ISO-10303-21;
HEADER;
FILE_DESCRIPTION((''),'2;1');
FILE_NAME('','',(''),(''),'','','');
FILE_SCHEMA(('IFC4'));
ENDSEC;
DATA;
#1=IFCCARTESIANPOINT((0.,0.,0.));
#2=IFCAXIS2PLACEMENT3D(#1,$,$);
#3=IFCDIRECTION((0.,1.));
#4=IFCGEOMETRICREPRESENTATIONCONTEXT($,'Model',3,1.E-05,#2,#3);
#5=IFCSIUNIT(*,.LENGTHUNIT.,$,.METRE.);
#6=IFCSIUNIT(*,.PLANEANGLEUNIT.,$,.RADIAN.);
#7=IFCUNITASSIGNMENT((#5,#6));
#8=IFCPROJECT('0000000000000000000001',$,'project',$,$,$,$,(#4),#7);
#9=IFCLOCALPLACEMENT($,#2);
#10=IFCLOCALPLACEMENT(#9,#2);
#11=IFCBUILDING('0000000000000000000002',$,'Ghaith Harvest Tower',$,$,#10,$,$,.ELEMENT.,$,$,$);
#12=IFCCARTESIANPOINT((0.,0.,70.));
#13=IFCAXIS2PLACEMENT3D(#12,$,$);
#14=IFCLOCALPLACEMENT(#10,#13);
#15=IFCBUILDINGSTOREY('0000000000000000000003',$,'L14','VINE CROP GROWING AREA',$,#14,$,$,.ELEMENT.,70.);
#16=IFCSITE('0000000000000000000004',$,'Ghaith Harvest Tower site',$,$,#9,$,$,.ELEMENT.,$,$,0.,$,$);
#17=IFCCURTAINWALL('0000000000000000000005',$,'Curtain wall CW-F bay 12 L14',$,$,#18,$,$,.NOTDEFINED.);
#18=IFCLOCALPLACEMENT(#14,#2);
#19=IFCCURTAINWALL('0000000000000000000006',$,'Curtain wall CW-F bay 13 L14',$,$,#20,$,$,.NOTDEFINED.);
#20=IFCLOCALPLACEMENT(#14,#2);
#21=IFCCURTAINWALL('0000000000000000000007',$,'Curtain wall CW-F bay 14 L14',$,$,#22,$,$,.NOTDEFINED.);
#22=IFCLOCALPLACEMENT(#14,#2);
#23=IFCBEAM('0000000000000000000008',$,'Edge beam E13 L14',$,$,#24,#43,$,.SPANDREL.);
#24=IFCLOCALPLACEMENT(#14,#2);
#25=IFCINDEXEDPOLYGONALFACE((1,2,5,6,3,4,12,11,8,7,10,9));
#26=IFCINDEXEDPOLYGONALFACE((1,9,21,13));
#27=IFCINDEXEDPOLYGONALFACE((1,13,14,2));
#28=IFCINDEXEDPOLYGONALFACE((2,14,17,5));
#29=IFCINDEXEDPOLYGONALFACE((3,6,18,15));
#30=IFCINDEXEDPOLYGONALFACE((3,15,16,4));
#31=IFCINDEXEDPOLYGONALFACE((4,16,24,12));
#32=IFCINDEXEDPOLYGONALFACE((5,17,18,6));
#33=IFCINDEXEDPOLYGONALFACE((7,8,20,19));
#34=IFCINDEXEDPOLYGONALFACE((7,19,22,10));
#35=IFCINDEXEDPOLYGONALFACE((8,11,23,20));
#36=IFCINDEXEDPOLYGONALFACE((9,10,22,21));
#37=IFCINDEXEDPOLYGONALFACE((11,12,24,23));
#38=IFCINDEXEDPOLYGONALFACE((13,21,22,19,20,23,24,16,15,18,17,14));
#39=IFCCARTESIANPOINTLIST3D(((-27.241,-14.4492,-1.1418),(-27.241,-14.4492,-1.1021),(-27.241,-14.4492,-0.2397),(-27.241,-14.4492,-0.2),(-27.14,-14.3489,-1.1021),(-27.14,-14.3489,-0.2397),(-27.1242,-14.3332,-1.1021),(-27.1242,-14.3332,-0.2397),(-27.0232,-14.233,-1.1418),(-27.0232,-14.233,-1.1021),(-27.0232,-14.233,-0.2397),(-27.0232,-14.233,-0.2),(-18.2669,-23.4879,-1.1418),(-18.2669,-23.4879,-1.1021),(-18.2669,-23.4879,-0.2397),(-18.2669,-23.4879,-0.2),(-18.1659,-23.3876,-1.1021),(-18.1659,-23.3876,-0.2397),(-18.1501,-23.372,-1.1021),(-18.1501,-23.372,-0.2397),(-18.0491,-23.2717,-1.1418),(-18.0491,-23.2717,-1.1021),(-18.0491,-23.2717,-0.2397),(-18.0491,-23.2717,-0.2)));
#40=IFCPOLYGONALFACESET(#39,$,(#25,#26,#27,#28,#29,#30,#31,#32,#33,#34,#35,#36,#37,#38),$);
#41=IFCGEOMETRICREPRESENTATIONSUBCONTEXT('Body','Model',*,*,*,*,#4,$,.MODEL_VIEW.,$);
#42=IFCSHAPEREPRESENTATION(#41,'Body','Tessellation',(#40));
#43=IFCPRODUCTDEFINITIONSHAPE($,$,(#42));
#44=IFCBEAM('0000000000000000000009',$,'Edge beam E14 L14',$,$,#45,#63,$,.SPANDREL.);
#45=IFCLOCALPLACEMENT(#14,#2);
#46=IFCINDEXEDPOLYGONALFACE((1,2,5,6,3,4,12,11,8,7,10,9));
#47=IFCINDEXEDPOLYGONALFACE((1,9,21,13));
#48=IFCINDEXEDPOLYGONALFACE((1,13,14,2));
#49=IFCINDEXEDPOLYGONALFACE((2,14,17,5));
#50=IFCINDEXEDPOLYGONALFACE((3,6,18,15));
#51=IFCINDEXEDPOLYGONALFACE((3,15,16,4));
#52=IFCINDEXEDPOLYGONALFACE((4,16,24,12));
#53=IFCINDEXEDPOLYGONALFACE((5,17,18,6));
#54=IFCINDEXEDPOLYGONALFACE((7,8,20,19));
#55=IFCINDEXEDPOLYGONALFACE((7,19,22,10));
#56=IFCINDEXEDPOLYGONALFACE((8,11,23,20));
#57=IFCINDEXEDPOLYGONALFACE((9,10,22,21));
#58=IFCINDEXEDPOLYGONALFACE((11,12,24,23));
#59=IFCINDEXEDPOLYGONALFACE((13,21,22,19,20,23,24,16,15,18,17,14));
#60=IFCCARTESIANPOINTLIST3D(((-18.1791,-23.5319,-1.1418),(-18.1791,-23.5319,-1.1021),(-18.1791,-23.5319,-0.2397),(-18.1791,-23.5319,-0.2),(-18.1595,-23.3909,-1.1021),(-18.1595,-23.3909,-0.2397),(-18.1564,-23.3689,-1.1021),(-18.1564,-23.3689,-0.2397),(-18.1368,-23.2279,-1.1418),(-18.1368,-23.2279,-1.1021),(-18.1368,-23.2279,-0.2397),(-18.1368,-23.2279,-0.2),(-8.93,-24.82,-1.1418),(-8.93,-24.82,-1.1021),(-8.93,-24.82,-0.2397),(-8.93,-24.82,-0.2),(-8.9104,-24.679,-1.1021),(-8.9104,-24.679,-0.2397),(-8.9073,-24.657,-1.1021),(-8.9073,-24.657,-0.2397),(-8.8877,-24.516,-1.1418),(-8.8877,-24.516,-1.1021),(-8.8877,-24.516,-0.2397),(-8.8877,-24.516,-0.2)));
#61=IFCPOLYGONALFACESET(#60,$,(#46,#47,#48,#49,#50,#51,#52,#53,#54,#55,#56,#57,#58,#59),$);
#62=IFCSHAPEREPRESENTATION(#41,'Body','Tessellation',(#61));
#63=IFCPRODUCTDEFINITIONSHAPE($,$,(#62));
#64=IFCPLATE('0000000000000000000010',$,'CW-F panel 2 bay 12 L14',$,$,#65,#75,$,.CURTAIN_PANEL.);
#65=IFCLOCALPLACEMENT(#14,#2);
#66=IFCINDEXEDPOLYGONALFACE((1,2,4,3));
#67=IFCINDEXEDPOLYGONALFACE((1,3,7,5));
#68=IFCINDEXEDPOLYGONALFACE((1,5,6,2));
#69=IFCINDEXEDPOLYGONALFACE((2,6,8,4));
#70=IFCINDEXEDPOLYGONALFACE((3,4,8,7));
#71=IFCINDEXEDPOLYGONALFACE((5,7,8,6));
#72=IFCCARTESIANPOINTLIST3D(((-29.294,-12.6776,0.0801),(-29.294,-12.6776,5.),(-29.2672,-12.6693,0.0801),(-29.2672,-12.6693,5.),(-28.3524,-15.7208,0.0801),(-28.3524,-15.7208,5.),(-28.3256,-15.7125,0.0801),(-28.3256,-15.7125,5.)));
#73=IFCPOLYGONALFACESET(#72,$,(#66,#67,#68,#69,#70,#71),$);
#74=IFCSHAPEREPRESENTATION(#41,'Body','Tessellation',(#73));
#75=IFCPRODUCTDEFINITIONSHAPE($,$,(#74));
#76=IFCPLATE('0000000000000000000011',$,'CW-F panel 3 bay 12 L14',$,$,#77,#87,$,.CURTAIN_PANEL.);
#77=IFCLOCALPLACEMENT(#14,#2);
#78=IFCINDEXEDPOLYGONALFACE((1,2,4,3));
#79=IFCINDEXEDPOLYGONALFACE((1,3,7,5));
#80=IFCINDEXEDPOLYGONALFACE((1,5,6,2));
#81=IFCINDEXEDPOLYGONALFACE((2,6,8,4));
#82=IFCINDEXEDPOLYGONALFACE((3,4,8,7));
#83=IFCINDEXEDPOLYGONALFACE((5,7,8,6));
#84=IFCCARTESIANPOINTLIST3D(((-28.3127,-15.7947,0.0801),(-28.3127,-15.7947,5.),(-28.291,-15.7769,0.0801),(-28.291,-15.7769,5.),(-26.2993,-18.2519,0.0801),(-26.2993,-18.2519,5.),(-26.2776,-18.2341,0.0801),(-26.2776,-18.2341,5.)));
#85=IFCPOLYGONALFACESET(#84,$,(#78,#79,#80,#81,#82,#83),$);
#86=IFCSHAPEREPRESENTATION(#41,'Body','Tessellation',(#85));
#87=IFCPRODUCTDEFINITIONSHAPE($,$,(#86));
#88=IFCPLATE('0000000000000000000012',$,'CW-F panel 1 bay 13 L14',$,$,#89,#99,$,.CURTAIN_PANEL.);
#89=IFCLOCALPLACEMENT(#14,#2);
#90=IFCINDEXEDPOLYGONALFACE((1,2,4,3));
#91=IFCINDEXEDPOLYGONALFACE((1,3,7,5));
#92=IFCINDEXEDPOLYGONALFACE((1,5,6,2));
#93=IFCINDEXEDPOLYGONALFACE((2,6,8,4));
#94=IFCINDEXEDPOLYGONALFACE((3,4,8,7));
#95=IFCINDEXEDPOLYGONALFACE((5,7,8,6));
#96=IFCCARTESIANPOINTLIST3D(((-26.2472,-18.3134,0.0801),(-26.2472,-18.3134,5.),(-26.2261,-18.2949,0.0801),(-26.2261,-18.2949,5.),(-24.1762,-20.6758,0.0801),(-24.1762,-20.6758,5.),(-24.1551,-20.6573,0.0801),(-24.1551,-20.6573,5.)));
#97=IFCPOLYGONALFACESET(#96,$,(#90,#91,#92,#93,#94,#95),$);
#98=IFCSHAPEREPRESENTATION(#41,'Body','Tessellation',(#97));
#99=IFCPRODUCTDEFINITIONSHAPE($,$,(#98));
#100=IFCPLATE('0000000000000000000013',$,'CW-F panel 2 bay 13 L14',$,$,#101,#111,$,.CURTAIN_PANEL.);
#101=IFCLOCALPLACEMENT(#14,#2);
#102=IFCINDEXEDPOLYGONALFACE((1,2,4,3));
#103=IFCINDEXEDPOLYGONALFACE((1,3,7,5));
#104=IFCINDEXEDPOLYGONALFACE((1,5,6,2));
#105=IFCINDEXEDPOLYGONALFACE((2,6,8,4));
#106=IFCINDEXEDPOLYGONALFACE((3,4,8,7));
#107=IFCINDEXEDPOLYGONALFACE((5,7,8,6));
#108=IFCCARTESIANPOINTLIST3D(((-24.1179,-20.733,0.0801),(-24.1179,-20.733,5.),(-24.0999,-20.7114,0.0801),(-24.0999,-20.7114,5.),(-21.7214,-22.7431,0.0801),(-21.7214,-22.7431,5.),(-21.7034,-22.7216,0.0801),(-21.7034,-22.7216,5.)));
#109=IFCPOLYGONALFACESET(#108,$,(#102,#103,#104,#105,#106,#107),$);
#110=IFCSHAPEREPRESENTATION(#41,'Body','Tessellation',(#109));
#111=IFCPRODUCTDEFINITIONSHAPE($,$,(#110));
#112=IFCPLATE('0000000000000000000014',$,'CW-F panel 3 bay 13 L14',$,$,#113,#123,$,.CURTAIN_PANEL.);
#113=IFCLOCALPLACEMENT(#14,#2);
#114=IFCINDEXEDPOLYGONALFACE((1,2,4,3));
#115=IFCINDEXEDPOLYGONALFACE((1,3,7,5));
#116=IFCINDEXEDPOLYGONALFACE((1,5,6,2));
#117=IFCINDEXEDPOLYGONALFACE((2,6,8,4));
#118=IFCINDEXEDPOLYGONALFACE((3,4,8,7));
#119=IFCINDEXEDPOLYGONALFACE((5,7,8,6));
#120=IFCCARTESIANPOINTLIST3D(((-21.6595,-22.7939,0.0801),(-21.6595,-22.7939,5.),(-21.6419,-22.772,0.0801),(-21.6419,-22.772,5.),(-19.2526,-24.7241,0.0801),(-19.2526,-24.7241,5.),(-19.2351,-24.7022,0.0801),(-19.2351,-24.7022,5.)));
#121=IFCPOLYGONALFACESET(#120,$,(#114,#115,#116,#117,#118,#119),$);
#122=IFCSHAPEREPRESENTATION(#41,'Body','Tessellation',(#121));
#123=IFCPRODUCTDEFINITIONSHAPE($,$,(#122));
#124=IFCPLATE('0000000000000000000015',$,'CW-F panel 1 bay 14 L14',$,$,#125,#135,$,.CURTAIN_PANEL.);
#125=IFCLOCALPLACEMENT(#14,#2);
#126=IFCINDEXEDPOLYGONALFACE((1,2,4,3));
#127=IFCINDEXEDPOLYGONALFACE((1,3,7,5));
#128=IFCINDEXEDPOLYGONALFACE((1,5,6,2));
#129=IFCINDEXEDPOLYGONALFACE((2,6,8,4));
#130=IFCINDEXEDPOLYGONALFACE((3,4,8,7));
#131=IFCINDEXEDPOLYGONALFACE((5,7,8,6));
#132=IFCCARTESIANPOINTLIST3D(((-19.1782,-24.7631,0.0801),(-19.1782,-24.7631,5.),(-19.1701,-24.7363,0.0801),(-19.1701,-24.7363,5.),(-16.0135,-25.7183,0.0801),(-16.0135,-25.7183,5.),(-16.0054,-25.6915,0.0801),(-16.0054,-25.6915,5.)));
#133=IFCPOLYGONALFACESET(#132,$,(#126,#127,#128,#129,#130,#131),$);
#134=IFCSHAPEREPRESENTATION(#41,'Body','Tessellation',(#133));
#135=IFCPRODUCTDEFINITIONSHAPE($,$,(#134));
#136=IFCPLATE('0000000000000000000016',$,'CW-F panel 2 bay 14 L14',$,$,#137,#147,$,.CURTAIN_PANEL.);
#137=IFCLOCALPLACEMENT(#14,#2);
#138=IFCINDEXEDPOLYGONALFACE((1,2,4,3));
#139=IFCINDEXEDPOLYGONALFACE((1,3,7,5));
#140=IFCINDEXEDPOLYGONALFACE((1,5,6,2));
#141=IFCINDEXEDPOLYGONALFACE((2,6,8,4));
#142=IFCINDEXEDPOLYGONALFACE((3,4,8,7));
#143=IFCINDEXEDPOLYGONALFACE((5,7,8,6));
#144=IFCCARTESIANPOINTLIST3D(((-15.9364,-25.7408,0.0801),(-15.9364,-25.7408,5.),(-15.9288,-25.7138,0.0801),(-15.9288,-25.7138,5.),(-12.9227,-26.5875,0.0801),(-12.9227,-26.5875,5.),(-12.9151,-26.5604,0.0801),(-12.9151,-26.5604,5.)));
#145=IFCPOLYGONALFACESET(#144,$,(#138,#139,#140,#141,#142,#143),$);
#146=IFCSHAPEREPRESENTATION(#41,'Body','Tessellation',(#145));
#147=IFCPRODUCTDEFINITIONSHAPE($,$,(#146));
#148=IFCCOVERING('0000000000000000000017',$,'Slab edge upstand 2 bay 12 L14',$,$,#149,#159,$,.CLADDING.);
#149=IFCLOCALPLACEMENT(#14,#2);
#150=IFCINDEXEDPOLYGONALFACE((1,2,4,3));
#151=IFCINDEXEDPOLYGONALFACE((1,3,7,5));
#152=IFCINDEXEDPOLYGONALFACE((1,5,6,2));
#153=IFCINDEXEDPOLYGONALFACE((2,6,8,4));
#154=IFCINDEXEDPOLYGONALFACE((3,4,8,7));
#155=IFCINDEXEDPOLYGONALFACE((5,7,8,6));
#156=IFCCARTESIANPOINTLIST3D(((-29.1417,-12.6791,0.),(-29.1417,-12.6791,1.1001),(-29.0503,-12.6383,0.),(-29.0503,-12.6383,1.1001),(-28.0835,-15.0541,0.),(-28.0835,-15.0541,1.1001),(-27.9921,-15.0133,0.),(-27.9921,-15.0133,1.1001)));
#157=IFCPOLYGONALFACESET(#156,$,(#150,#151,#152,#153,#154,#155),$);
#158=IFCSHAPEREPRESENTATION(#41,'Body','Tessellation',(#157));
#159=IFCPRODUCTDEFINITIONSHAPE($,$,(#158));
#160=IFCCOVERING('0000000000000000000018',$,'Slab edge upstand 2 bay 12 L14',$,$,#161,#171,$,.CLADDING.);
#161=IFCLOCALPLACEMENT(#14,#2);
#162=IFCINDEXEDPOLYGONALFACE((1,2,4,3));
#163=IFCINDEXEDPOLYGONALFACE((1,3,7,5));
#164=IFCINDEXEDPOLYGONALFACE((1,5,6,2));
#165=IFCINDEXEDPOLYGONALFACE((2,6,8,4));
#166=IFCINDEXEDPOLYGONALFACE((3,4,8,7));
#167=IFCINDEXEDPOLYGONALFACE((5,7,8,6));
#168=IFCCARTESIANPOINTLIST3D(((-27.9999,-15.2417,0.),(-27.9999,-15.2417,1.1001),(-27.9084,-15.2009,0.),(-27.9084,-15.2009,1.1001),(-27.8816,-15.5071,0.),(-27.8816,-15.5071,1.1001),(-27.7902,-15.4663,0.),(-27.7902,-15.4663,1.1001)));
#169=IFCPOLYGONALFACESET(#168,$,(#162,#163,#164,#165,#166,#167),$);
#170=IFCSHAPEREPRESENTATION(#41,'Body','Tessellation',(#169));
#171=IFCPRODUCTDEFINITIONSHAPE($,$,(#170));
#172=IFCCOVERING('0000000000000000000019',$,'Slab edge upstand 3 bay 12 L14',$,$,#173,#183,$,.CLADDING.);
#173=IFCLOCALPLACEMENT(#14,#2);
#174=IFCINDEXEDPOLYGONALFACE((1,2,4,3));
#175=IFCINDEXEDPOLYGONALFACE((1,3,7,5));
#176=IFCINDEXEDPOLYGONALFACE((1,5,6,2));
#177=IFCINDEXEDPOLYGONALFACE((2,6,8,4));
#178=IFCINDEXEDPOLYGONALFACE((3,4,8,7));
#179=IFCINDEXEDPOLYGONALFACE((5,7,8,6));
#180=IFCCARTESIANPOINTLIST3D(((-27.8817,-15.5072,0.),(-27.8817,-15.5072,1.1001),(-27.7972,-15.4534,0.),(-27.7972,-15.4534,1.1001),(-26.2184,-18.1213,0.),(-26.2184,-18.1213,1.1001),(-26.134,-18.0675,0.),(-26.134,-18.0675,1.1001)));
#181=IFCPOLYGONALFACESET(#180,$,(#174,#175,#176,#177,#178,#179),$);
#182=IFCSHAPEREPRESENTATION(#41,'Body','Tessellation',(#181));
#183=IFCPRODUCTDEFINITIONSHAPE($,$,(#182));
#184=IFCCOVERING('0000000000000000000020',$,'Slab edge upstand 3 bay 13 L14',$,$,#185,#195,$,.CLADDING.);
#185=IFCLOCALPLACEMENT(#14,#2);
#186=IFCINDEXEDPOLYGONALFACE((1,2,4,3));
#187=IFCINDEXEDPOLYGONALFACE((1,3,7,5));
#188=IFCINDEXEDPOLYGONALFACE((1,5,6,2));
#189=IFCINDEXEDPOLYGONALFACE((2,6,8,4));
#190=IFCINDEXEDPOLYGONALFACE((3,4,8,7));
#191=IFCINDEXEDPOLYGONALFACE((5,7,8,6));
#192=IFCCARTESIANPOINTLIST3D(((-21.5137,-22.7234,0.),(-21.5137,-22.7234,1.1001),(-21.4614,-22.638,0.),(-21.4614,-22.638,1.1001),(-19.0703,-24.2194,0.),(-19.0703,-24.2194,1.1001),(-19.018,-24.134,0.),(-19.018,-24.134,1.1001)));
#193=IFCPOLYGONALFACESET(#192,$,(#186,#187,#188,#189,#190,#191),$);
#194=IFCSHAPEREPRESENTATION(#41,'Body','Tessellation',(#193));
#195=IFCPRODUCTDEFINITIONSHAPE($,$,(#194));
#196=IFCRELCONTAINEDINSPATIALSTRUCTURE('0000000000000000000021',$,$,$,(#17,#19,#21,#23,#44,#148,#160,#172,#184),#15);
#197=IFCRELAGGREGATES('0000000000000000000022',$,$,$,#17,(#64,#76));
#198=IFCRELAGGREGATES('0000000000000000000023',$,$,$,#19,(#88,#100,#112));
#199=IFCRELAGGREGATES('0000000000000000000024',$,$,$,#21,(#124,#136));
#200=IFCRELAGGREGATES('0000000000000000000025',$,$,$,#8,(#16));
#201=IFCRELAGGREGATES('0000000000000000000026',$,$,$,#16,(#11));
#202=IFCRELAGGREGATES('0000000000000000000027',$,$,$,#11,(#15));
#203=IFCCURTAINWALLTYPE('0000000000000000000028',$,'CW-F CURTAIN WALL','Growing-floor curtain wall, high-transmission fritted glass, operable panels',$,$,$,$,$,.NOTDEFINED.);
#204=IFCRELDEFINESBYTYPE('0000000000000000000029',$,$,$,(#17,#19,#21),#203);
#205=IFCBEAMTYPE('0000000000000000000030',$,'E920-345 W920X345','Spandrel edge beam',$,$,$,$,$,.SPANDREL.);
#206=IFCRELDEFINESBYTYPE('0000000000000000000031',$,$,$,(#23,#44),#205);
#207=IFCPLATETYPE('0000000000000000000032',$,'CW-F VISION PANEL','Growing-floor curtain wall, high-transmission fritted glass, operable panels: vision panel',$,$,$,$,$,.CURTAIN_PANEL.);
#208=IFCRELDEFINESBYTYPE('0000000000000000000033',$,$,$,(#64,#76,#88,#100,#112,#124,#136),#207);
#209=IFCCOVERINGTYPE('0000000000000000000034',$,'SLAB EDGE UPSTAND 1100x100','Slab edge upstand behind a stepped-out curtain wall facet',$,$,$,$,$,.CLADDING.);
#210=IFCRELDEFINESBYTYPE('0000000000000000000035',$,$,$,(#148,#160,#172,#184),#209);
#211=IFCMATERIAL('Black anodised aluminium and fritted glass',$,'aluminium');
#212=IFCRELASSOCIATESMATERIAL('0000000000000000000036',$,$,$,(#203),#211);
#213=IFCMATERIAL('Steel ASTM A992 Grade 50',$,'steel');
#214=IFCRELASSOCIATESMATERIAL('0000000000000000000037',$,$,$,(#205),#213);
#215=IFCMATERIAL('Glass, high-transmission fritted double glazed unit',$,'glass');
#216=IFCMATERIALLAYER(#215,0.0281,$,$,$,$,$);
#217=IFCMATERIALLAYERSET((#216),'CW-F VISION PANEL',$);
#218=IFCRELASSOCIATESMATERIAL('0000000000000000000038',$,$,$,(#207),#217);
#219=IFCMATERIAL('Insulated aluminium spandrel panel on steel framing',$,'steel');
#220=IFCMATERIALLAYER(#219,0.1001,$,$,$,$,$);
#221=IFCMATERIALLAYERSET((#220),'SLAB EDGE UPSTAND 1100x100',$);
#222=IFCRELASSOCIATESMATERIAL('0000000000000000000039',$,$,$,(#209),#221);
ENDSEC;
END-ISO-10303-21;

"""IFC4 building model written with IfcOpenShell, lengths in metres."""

from ifc_helpers import new_model, si_unit, direction, frame, origin, origin_2d, place, context, subcontext, project, spatial, rectangle, i_section, extrude, material, layer, layer_set, material_profile, profile_set, type_object, element, aggregate, save


model = new_model("IFC4")

# Units and contexts
model_context = context("Model", 3, precision=1e-05, world=origin(), true_north=direction((0.0, 1.0)))
body_context = subcontext(model_context, "Body", "Model", "MODEL_VIEW")
ifc_project = project(units=[si_unit("LENGTHUNIT", "METRE"), si_unit("PLANEANGLEUNIT", "RADIAN")], contexts=[model_context])

# Site, building, storey
site_placement = place(None, origin())
site = spatial("IfcSite", under=ifc_project, at=site_placement, Name="Ghaith Harvest Tower site", CompositionType="ELEMENT", RefElevation=0.0)
building_placement = place(site_placement, origin())
building = spatial("IfcBuilding", under=site, at=building_placement, Name="Ghaith Harvest Tower", CompositionType="ELEMENT")
storey_placement = place(building_placement, frame((0.0, 0.0, 70.0)))
storey = spatial("IfcBuildingStorey", under=building, at=storey_placement, Name="L14", Description="VINE CROP GROWING AREA", CompositionType="ELEMENT", Elevation=70.0)

# Curtain wall
ifc_material_1 = material(Name="Black anodised aluminium and fritted glass", Category="aluminium")
curtain_wall_type = type_object("IfcCurtainWallType", Name="CW-F CURTAIN WALL", Description="Growing-floor curtain wall, high-transmission fritted glass, operable panels", PredefinedType="NOTDEFINED", material=ifc_material_1)
curtain_wall_1_placement = place(storey_placement, origin())
curtain_wall_1 = element("IfcCurtainWall", 1, at=curtain_wall_1_placement, inside=storey, type_object=curtain_wall_type, Name="Curtain wall CW-F bay 12 L14", PredefinedType="NOTDEFINED")

# Curtain walls
curtain_wall_2_placement = place(storey_placement, origin())
curtain_wall_2 = element("IfcCurtainWall", 2, at=curtain_wall_2_placement, inside=storey, type_object=curtain_wall_type, Name="Curtain wall CW-F bay 13 L14", PredefinedType="NOTDEFINED")
curtain_wall_3_placement = place(storey_placement, origin())
curtain_wall_3 = element("IfcCurtainWall", 3, at=curtain_wall_3_placement, inside=storey, type_object=curtain_wall_type, Name="Curtain wall CW-F bay 14 L14", PredefinedType="NOTDEFINED")

# Beams
ifc_material_2 = material(Name="Steel ASTM A992 Grade 50", Category="steel")
ifc_material_profile_1 = material_profile(ifc_material_2, i_section(OverallWidth=0.3069, OverallDepth=0.9419, WebThickness=0.0222, FlangeThickness=0.0398, at=origin_2d()), Name="W920X345")
ifc_profile_set_1 = profile_set([ifc_material_profile_1], Name="Steel ASTM A992 Grade 50")
beam_type = type_object("IfcBeamType", Name="E920-345 W920X345", Description="Spandrel edge beam", PredefinedType="SPANDREL", material=ifc_profile_set_1)
beam_1_placement = place(storey_placement, frame((-27.1321, -14.3411, -0.6709), z_axis=(0.704563, -0.709642, 0.0), x_axis=(0.709642, 0.704563, 0.0)))
element("IfcBeam", 4, at=beam_1_placement, inside=storey, type_object=beam_type, Name="Edge beam E13 L14", PredefinedType="SPANDREL", context=body_context, shape_type="SweptSolid", body=[
    extrude(i_section(OverallWidth=0.3069, OverallDepth=0.9419, WebThickness=0.0222, FlangeThickness=0.0398, at=origin_2d()), origin(), (0.0, 0.0, 1.0), 12.7371),
])
beam_2_placement = place(storey_placement, frame((-18.158, -23.3799, -0.6709), z_axis=(0.990441, -0.137936, 0.0), x_axis=(0.137936, 0.990441, 0.0)))
element("IfcBeam", 5, at=beam_2_placement, inside=storey, type_object=beam_type, Name="Edge beam E14 L14", PredefinedType="SPANDREL", context=body_context, shape_type="SweptSolid", body=[
    extrude(i_section(OverallWidth=0.3069, OverallDepth=0.9419, WebThickness=0.0222, FlangeThickness=0.0398, at=origin_2d()), origin(), (0.0, 0.0, 1.0), 9.3384),
])

# Plates
ifc_material_3 = material(Name="Glass, high-transmission fritted double glazed unit", Category="glass")
ifc_layer_1 = layer(ifc_material_3, 0.0281)
ifc_layer_set_1 = layer_set([ifc_layer_1], Name="CW-F VISION PANEL")
plate_type = type_object("IfcPlateType", Name="CW-F VISION PANEL", Description="Growing-floor curtain wall, high-transmission fritted glass, operable panels: vision panel", PredefinedType="CURTAIN_PANEL", material=ifc_layer_set_1)
plate_1_placement = place(storey_placement, frame((-28.8098, -14.1951, 0.0801), z_axis=(0.0, 0.0, 1.0), x_axis=(0.295583, -0.955317, 0.0)))
plate_1 = element("IfcPlate", 6, at=plate_1_placement, type_object=plate_type, Name="CW-F panel 2 bay 12 L14", PredefinedType="CURTAIN_PANEL", context=body_context, shape_type="SweptSolid", body=[
    extrude(rectangle(XDim=3.1855, YDim=0.0281, at=origin_2d()), origin(), (0.0, 0.0, 1.0), 4.9199),
])
plate_2_placement = place(storey_placement, frame((-27.2952, -17.0144, 0.0801), z_axis=(0.0, 0.0, 1.0), x_axis=(0.63379, -0.773505, 0.0)))
plate_2 = element("IfcPlate", 7, at=plate_2_placement, type_object=plate_type, Name="CW-F panel 3 bay 12 L14", PredefinedType="CURTAIN_PANEL", context=body_context, shape_type="SweptSolid", body=[
    extrude(rectangle(XDim=3.1768, YDim=0.0281, at=origin_2d()), origin(), (0.0, 0.0, 1.0), 4.9199),
])
aggregate(curtain_wall_1, [plate_1, plate_2])
plate_3_placement = place(storey_placement, frame((-25.2012, -19.4854, 0.0801), z_axis=(0.0, 0.0, 1.0), x_axis=(0.659216, -0.751954, 0.0)))
plate_3 = element("IfcPlate", 8, at=plate_3_placement, type_object=plate_type, Name="CW-F panel 1 bay 13 L14", PredefinedType="CURTAIN_PANEL", context=body_context, shape_type="SweptSolid", body=[
    extrude(rectangle(XDim=3.1416, YDim=0.0281, at=origin_2d()), origin(), (0.0, 0.0, 1.0), 4.9199),
])
plate_4_placement = place(storey_placement, frame((-22.9106, -21.7273, 0.0801), z_axis=(0.0, 0.0, 1.0), x_axis=(0.766155, -0.642656, 0.0)))
plate_4 = element("IfcPlate", 9, at=plate_4_placement, type_object=plate_type, Name="CW-F panel 2 bay 13 L14", PredefinedType="CURTAIN_PANEL", context=body_context, shape_type="SweptSolid", body=[
    extrude(rectangle(XDim=3.1279, YDim=0.0281, at=origin_2d()), origin(), (0.0, 0.0, 1.0), 4.9199),
])
plate_5_placement = place(storey_placement, frame((-20.4473, -23.748, 0.0801), z_axis=(0.0, 0.0, 1.0), x_axis=(0.780122, -0.625627, 0.0)))
plate_5 = element("IfcPlate", 10, at=plate_5_placement, type_object=plate_type, Name="CW-F panel 3 bay 13 L14", PredefinedType="CURTAIN_PANEL", context=body_context, shape_type="SweptSolid", body=[
    extrude(rectangle(XDim=3.0852, YDim=0.0281, at=origin_2d()), origin(), (0.0, 0.0, 1.0), 4.9199),
])
aggregate(curtain_wall_2, [plate_3, plate_4, plate_5])
plate_6_placement = place(storey_placement, frame((-17.5918, -25.2273, 0.0801), z_axis=(0.0, 0.0, 1.0), x_axis=(0.957342, -0.288956, 0.0)))
plate_6 = element("IfcPlate", 11, at=plate_6_placement, type_object=plate_type, Name="CW-F panel 1 bay 14 L14", PredefinedType="CURTAIN_PANEL", context=body_context, shape_type="SweptSolid", body=[
    extrude(rectangle(XDim=3.3057, YDim=0.0281, at=origin_2d()), origin(), (0.0, 0.0, 1.0), 4.9199),
])
plate_7_placement = place(storey_placement, frame((-14.4258, -26.1506, 0.0801), z_axis=(0.0, 0.0, 1.0), x_axis=(0.96273, -0.270465, 0.0)))
plate_7 = element("IfcPlate", 12, at=plate_7_placement, type_object=plate_type, Name="CW-F panel 2 bay 14 L14", PredefinedType="CURTAIN_PANEL", context=body_context, shape_type="SweptSolid", body=[
    extrude(rectangle(XDim=3.1304, YDim=0.0281, at=origin_2d()), origin(), (0.0, 0.0, 1.0), 4.9199),
])
aggregate(curtain_wall_3, [plate_6, plate_7])

# Coverings
ifc_material_4 = material(Name="Insulated aluminium spandrel panel on steel framing", Category="steel")
ifc_layer_2 = layer(ifc_material_4, 0.1001)
ifc_layer_set_2 = layer_set([ifc_layer_2], Name="SLAB EDGE UPSTAND 1100x100")
covering_type = type_object("IfcCoveringType", Name="SLAB EDGE UPSTAND 1100x100", Description="Slab edge upstand behind a stepped-out curtain wall facet", PredefinedType="CLADDING", material=ifc_layer_set_2)
covering_1_placement = place(storey_placement, frame((-28.5669, -13.8462, 0.0), z_axis=(0.0, 0.0, 1.0), x_axis=(0.407003, -0.913427, 0.0)))
element("IfcCovering", 13, at=covering_1_placement, inside=storey, type_object=covering_type, Name="Slab edge upstand 2 bay 12 L14", PredefinedType="CLADDING", context=body_context, shape_type="SweptSolid", body=[
    extrude(rectangle(XDim=2.6001, YDim=0.1001, at=origin_2d()), origin(), (0.0, 0.0, 1.0), 1.1001),
])
covering_2_placement = place(storey_placement, frame((-27.895, -15.354, 0.0), z_axis=(0.0, 0.0, 1.0), x_axis=(0.407003, -0.913427, 0.0)))
element("IfcCovering", 14, at=covering_2_placement, inside=storey, type_object=covering_type, Name="Slab edge upstand 2 bay 12 L14", PredefinedType="CLADDING", context=body_context, shape_type="SweptSolid", body=[
    extrude(rectangle(XDim=0.2905, YDim=0.1001, at=origin_2d()), origin(), (0.0, 0.0, 1.0), 1.1001),
])
covering_3_placement = place(storey_placement, frame((-27.0078, -16.7874, 0.0), z_axis=(0.0, 0.0, 1.0), x_axis=(0.536807, -0.843705, 0.0)))
element("IfcCovering", 15, at=covering_3_placement, inside=storey, type_object=covering_type, Name="Slab edge upstand 3 bay 12 L14", PredefinedType="CLADDING", context=body_context, shape_type="SweptSolid", body=[
    extrude(rectangle(XDim=3.0984, YDim=0.1001, at=origin_2d()), origin(), (0.0, 0.0, 1.0), 1.1001),
])
covering_4_placement = place(storey_placement, frame((-20.2659, -23.4287, 0.0), z_axis=(0.0, 0.0, 1.0), x_axis=(0.852847, -0.522161, 0.0)))
element("IfcCovering", 16, at=covering_4_placement, inside=storey, type_object=covering_type, Name="Slab edge upstand 3 bay 13 L14", PredefinedType="CLADDING", context=body_context, shape_type="SweptSolid", body=[
    extrude(rectangle(XDim=2.865, YDim=0.1001, at=origin_2d()), origin(), (0.0, 0.0, 1.0), 1.1001),
])

save(model, "model.ifc")
